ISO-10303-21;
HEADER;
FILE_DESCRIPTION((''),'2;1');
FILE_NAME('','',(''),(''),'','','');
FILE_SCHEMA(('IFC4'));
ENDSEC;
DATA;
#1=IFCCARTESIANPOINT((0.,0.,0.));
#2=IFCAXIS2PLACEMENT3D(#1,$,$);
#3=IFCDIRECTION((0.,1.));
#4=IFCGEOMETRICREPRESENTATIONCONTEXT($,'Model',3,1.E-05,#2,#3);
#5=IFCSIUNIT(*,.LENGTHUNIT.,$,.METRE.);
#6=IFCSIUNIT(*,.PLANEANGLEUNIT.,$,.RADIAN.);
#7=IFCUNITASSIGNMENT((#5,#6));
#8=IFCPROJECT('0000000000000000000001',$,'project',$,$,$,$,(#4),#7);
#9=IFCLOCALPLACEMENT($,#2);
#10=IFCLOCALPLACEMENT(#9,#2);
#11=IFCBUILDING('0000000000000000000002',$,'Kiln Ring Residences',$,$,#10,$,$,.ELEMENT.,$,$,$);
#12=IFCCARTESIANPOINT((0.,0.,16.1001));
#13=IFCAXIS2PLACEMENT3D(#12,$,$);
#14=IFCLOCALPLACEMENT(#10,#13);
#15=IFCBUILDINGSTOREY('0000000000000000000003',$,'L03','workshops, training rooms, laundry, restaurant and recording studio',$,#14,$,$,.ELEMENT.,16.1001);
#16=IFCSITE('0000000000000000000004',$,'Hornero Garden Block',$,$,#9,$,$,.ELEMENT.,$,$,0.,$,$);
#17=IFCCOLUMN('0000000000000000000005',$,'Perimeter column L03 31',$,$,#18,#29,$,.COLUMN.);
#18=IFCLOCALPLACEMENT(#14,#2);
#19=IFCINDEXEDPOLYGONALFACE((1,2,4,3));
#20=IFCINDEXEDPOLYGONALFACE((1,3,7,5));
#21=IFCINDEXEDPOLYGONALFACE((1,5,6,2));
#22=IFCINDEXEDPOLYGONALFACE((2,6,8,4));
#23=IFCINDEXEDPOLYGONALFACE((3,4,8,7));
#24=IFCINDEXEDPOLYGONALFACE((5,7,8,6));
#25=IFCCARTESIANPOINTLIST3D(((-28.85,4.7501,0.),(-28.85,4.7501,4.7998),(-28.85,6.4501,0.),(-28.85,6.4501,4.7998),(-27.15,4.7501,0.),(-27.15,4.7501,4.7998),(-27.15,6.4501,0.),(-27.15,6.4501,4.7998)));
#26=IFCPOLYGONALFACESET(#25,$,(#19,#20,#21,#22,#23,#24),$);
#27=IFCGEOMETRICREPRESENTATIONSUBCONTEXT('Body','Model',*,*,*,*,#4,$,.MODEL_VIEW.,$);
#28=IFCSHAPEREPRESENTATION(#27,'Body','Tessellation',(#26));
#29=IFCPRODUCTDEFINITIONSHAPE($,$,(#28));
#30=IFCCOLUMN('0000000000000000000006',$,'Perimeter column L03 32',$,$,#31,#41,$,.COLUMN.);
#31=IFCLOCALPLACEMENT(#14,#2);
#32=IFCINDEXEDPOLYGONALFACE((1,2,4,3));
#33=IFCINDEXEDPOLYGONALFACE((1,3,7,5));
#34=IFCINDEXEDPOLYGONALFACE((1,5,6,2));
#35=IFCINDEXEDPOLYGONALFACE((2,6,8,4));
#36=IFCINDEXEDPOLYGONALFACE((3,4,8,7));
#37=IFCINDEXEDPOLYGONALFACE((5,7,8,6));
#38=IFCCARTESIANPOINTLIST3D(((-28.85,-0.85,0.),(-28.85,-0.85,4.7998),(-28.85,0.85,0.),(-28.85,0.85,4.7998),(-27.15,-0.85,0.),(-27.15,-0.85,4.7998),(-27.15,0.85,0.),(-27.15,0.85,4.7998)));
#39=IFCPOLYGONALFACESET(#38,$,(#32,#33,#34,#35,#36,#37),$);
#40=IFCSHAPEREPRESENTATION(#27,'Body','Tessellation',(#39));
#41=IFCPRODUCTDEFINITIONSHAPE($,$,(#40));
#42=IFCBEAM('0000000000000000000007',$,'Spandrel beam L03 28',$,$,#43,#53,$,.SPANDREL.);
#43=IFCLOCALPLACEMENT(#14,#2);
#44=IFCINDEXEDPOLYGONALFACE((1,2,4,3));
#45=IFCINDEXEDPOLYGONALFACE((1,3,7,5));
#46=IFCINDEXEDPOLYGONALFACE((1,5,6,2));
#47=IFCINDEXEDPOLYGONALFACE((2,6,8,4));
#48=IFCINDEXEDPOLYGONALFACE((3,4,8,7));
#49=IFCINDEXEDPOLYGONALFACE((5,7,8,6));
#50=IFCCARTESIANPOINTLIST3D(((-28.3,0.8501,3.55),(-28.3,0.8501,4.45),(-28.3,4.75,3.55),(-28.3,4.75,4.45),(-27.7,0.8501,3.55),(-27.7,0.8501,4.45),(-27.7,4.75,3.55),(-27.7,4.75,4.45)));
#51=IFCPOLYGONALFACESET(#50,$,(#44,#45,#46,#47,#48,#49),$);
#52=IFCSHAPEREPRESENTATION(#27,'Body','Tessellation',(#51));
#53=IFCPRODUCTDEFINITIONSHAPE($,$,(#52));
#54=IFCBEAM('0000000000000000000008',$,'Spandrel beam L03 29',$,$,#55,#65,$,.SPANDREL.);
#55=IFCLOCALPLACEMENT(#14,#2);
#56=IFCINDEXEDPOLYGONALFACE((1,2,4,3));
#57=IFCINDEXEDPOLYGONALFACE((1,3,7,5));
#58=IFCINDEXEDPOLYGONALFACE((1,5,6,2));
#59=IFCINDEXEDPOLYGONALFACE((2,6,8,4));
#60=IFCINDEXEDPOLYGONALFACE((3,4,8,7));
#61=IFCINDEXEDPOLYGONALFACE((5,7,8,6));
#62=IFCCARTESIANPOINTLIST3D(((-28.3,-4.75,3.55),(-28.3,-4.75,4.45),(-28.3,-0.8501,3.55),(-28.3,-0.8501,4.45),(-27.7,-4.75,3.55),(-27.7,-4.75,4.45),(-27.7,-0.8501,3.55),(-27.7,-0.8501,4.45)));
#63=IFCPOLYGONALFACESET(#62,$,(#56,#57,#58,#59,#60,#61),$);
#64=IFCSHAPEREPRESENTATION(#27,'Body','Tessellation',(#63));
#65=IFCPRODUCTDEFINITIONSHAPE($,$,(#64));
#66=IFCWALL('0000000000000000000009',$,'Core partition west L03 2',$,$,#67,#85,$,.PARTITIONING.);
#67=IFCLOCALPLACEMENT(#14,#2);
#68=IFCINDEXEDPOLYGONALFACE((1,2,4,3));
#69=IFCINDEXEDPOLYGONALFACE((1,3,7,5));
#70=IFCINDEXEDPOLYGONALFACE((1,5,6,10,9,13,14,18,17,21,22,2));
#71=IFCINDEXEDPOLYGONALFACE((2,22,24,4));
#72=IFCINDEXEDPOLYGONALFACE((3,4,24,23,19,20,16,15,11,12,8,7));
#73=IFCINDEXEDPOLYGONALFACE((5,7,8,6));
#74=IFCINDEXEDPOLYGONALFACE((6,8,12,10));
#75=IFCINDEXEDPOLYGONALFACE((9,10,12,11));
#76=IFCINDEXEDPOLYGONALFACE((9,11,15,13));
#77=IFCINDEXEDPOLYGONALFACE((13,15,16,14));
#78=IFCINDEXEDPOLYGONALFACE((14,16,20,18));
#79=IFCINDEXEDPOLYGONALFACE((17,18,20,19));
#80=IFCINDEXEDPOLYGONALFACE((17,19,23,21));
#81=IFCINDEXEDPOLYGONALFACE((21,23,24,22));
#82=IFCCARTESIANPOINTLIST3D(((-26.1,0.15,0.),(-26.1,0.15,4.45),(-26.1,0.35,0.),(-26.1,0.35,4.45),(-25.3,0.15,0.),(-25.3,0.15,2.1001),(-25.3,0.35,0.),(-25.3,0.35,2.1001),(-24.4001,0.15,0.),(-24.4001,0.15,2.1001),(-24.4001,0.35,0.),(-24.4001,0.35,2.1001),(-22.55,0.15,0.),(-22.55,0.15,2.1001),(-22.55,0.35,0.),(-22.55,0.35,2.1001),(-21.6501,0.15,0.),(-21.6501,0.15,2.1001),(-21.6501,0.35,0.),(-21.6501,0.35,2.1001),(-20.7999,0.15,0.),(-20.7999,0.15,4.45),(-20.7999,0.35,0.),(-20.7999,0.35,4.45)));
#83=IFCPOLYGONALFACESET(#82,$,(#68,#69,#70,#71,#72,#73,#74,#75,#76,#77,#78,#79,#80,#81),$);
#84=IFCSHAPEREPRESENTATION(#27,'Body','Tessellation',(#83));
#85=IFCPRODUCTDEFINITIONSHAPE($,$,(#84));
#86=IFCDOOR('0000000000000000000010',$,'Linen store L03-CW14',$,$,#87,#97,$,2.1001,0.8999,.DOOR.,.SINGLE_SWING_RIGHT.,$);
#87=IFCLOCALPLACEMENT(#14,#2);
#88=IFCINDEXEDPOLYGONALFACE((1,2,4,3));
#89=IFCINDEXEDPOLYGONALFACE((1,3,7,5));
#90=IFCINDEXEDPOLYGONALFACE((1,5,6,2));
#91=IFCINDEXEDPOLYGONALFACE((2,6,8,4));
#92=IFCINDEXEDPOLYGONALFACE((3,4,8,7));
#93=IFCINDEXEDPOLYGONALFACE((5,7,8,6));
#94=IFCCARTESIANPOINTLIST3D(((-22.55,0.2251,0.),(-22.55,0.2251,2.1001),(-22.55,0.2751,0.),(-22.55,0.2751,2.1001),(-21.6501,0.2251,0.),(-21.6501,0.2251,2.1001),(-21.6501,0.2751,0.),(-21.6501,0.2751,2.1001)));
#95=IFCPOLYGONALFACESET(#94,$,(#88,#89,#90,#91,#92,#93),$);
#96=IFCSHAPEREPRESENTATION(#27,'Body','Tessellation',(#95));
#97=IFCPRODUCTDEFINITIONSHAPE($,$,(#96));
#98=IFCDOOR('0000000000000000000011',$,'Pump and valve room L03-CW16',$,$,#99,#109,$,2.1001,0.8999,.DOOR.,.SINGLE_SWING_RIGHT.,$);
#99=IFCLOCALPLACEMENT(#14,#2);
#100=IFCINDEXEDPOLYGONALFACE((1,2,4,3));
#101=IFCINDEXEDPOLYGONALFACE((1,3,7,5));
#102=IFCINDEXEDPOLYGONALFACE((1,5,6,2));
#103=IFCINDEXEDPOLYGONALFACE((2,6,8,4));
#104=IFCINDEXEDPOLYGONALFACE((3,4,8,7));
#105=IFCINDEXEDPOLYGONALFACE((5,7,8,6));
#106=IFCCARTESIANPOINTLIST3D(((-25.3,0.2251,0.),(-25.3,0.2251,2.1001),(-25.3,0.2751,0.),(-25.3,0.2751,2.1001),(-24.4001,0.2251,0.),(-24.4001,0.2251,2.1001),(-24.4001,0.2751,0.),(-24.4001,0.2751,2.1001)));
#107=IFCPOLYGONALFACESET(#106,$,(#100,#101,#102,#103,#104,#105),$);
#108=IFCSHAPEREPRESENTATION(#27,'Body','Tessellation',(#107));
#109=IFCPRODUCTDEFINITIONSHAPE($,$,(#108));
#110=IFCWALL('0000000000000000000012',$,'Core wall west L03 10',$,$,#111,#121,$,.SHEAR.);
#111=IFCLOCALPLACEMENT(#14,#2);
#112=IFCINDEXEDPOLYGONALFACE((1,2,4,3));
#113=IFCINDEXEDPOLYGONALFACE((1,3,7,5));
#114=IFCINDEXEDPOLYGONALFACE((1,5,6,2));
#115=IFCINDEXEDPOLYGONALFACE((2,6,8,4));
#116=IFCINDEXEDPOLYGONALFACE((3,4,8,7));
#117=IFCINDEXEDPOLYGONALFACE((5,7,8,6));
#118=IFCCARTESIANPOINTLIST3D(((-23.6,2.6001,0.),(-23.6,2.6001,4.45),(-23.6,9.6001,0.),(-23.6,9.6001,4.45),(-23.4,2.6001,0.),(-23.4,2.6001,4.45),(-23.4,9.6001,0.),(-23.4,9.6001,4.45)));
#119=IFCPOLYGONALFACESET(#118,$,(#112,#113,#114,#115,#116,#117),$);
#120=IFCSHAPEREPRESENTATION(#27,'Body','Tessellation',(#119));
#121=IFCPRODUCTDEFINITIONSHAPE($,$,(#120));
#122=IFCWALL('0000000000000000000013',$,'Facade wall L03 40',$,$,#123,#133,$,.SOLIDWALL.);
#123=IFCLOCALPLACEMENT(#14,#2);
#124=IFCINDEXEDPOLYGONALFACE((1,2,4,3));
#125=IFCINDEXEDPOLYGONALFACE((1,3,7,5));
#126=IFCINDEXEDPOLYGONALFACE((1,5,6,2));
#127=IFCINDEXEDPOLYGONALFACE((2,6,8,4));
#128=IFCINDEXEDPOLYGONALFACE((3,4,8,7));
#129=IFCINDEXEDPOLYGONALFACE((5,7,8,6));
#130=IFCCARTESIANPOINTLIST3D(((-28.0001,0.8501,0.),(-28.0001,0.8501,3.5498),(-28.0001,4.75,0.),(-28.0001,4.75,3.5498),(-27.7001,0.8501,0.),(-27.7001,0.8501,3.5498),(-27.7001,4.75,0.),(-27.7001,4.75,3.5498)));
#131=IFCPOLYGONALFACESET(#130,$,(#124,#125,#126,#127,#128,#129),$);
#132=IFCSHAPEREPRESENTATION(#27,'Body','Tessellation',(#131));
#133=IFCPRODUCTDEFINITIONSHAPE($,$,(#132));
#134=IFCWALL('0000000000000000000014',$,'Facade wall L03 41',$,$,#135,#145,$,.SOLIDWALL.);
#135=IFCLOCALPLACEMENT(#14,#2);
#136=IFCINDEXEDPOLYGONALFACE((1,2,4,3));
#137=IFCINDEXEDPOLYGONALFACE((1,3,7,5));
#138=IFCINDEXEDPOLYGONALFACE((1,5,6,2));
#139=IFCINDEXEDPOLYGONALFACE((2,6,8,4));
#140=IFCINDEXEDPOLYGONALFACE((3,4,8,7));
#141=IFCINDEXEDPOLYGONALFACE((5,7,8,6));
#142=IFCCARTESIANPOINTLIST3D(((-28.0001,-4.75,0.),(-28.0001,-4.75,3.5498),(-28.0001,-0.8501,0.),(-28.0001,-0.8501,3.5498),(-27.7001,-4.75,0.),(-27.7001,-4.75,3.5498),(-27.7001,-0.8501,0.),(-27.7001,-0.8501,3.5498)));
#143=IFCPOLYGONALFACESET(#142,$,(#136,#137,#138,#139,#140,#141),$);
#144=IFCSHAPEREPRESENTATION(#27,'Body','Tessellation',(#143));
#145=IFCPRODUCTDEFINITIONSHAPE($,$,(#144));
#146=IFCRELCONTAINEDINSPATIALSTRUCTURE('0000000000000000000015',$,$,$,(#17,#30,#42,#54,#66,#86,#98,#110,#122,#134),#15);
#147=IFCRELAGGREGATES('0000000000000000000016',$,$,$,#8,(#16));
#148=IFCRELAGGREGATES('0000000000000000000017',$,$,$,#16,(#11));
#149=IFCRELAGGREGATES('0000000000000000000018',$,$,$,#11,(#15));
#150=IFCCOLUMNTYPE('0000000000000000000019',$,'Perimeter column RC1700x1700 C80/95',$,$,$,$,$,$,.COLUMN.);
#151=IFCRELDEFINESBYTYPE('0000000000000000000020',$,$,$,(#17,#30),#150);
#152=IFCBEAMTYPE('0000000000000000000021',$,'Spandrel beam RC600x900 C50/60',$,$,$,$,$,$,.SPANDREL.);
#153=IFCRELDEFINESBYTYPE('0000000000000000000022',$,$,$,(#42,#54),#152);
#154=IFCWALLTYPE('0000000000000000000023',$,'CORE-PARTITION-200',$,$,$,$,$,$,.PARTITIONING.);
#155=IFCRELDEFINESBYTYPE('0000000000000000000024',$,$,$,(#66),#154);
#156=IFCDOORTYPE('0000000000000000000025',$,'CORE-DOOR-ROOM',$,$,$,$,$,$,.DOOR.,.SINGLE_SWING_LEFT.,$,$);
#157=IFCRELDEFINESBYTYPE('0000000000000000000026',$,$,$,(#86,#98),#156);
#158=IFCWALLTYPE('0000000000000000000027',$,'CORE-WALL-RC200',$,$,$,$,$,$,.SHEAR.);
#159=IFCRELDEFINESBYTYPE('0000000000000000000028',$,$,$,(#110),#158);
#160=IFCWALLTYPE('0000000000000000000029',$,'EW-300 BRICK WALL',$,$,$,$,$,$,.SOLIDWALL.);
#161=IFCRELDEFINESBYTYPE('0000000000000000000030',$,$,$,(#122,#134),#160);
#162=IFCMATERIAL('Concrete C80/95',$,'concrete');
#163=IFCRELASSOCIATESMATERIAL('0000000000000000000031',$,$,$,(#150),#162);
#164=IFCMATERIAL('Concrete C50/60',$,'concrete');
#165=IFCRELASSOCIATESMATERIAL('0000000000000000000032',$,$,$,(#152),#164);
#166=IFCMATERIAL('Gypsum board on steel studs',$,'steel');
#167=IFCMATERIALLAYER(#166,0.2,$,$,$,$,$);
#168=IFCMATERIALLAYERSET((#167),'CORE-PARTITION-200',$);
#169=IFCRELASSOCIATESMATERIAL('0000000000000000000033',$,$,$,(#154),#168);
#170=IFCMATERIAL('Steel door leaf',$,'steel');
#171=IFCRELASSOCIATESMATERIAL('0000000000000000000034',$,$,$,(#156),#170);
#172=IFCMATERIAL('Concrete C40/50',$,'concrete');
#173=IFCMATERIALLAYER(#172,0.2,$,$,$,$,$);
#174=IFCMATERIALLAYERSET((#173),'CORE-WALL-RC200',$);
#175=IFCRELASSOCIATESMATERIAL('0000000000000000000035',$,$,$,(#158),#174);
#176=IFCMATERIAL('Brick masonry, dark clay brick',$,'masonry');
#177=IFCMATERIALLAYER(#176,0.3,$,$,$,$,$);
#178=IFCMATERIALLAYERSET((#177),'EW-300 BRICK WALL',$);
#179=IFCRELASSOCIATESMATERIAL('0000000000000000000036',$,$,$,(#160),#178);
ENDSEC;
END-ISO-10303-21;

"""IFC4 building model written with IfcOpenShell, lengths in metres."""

from ifc_helpers import new_model, si_unit, direction, frame, frame_2d, origin, origin_2d, place, context, subcontext, project, spatial, rectangle, extrude, material, layer, layer_set, material_profile, profile_set, type_object, element, fill, save


model = new_model("IFC4")

# Units and contexts
model_context = context("Model", 3, precision=1e-05, world=origin(), true_north=direction((0.0, 1.0)))
body_context = subcontext(model_context, "Body", "Model", "MODEL_VIEW")
ifc_project = project(units=[si_unit("LENGTHUNIT", "METRE"), si_unit("PLANEANGLEUNIT", "RADIAN")], contexts=[model_context])

# Site, building, storey
site_placement = place(None, origin())
site = spatial("IfcSite", under=ifc_project, at=site_placement, Name="Hornero Garden Block", CompositionType="ELEMENT", RefElevation=0.0)
building_placement = place(site_placement, origin())
building = spatial("IfcBuilding", under=site, at=building_placement, Name="Kiln Ring Residences", CompositionType="ELEMENT")
storey_placement = place(building_placement, frame((0.0, 0.0, 16.1001)))
storey = spatial("IfcBuildingStorey", under=building, at=storey_placement, Name="L03", Description="workshops, training rooms, laundry, restaurant and recording studio", CompositionType="ELEMENT", Elevation=16.1001)

# Columns
ifc_material_1 = material(Name="Concrete C80/95", Category="concrete")
ifc_material_profile_1 = material_profile(ifc_material_1, rectangle(XDim=1.7, YDim=1.7, at=origin_2d()), Name="RC1700x1700")
ifc_profile_set_1 = profile_set([ifc_material_profile_1], Name="Concrete C80/95")
column_type = type_object("IfcColumnType", Name="Perimeter column RC1700x1700 C80/95", PredefinedType="COLUMN", material=ifc_profile_set_1)
for number, where, z_axis, x_axis, name in (
    (1, (-28.0, 5.6001, 0.0), (0.0, 0.0, 1.0), (1.0, 0.0, 0.0), "Perimeter column L03 31"),
    (2, (-28.0, 0.0, 0.0), (0.0, 0.0, 1.0), (1.0, 0.0, 0.0), "Perimeter column L03 32"),
):
    element("IfcColumn", number, at=place(storey_placement, frame(where, z_axis=z_axis, x_axis=x_axis)), inside=storey, type_object=column_type, Name=name, PredefinedType="COLUMN", context=body_context, shape_type="SweptSolid", body=[
        extrude(rectangle(XDim=1.7, YDim=1.7, at=origin_2d()), origin(), (0.0, 0.0, 1.0), 4.7998),
    ])

# Beams
ifc_material_2 = material(Name="Concrete C50/60", Category="concrete")
ifc_material_profile_2 = material_profile(ifc_material_2, rectangle(XDim=0.6001, YDim=0.8999, at=origin_2d()), Name="RC600x900")
ifc_profile_set_2 = profile_set([ifc_material_profile_2], Name="Concrete C50/60")
beam_type = type_object("IfcBeamType", Name="Spandrel beam RC600x900 C50/60", PredefinedType="SPANDREL", material=ifc_profile_set_2)
for number, where, z_axis, x_axis, name in (
    (3, (-28.0, 4.75, 4.0), (0.0, -1.0, 0.0), (1.0, 0.0, 0.0), "Spandrel beam L03 28"),
    (4, (-28.0, -0.8501, 4.0), (0.0, -1.0, 0.0), (1.0, 0.0, 0.0), "Spandrel beam L03 29"),
):
    element("IfcBeam", number, at=place(storey_placement, frame(where, z_axis=z_axis, x_axis=x_axis)), inside=storey, type_object=beam_type, Name=name, PredefinedType="SPANDREL", context=body_context, shape_type="SweptSolid", body=[
        extrude(rectangle(XDim=0.6001, YDim=0.8999, at=origin_2d()), origin(), (0.0, 0.0, 1.0), 3.8999),
    ])

# Wall, openings, doors
ifc_material_3 = material(Name="Gypsum board on steel studs", Category="steel")
ifc_layer_1 = layer(ifc_material_3, 0.2)
ifc_layer_set_1 = layer_set([ifc_layer_1], Name="CORE-PARTITION-200")
wall_type_1 = type_object("IfcWallType", Name="CORE-PARTITION-200", PredefinedType="PARTITIONING", material=ifc_layer_set_1)
wall_1_placement = place(storey_placement, frame((-20.8, 0.25, 0.0), z_axis=(0.0, 0.0, 1.0), x_axis=(-1.0, 0.0, 0.0)))
wall_1 = element("IfcWall", 5, at=wall_1_placement, inside=storey, type_object=wall_type_1, Name="Core partition west L03 2", PredefinedType="PARTITIONING", context=body_context, shape_type="SweptSolid", body=[
    extrude(rectangle(XDim=5.3, YDim=0.2, at=frame_2d((2.6499, 0.0))), origin(), (0.0, 0.0, 1.0), 4.45),
])
opening_1_placement = place(wall_1_placement, frame((0.8501, 0.0, 0.0)))
opening_1 = element("IfcOpeningElement", 6, at=opening_1_placement, cuts=wall_1, PredefinedType="OPENING", context=body_context, shape_type="SweptSolid", body=[
    extrude(rectangle(XDim=0.8999, YDim=2.1001, at=frame_2d((0.45, 1.05))), frame((0.0, 0.1099, 0.0), z_axis=(0.0, -1.0, 0.0), x_axis=(1.0, 0.0, 0.0)), (0.0, 0.0, 1.0), 0.22),
])
opening_2_placement = place(wall_1_placement, frame((3.6001, 0.0, 0.0)))
opening_2 = element("IfcOpeningElement", 7, at=opening_2_placement, cuts=wall_1, PredefinedType="OPENING", context=body_context, shape_type="SweptSolid", body=[
    extrude(rectangle(XDim=0.8999, YDim=2.1001, at=frame_2d((0.45, 1.05))), frame((0.0, 0.1099, 0.0), z_axis=(0.0, -1.0, 0.0), x_axis=(1.0, 0.0, 0.0)), (0.0, 0.0, 1.0), 0.22),
])
ifc_material_4 = material(Name="Steel door leaf", Category="steel")
door_type = type_object("IfcDoorType", Name="CORE-DOOR-ROOM", OperationType="SINGLE_SWING_LEFT", PredefinedType="DOOR", material=ifc_material_4)
door_1_placement = place(opening_1_placement, origin())
door_1 = element("IfcDoor", 8, at=door_1_placement, inside=storey, type_object=door_type, Name="Linen store L03-CW14", OperationType="SINGLE_SWING_RIGHT", OverallHeight=2.1001, OverallWidth=0.8999, PredefinedType="DOOR", context=body_context, shape_type="SweptSolid", body=[
    extrude(rectangle(XDim=0.8999, YDim=2.1001, at=frame_2d((0.45, 1.05))), frame((0.0, 0.0249, 0.0), z_axis=(0.0, -1.0, 0.0), x_axis=(1.0, 0.0, 0.0)), (0.0, 0.0, 1.0), 0.05),
])
fill(opening_1, door_1)
door_2_placement = place(opening_2_placement, origin())
door_2 = element("IfcDoor", 9, at=door_2_placement, inside=storey, type_object=door_type, Name="Pump and valve room L03-CW16", OperationType="SINGLE_SWING_RIGHT", OverallHeight=2.1001, OverallWidth=0.8999, PredefinedType="DOOR", context=body_context, shape_type="SweptSolid", body=[
    extrude(rectangle(XDim=0.8999, YDim=2.1001, at=frame_2d((0.45, 1.05))), frame((0.0, 0.0249, 0.0), z_axis=(0.0, -1.0, 0.0), x_axis=(1.0, 0.0, 0.0)), (0.0, 0.0, 1.0), 0.05),
])
fill(opening_2, door_2)

# Walls
ifc_material_5 = material(Name="Concrete C40/50", Category="concrete")
ifc_layer_2 = layer(ifc_material_5, 0.2)
ifc_layer_set_2 = layer_set([ifc_layer_2], Name="CORE-WALL-RC200")
wall_type_2 = type_object("IfcWallType", Name="CORE-WALL-RC200", PredefinedType="SHEAR", material=ifc_layer_set_2)
wall_2_placement = place(storey_placement, frame((-23.5, 2.6001, 0.0), z_axis=(0.0, 0.0, 1.0), x_axis=(0.0, 1.0, 0.0)))
element("IfcWall", 10, at=wall_2_placement, inside=storey, type_object=wall_type_2, Name="Core wall west L03 10", PredefinedType="SHEAR", context=body_context, shape_type="SweptSolid", body=[
    extrude(rectangle(XDim=7.0, YDim=0.2, at=frame_2d((3.5, 0.0))), origin(), (0.0, 0.0, 1.0), 4.45),
])
ifc_material_6 = material(Name="Brick masonry, dark clay brick", Category="masonry")
ifc_layer_3 = layer(ifc_material_6, 0.3)
ifc_layer_set_3 = layer_set([ifc_layer_3], Name="EW-300 BRICK WALL")
wall_type_3 = type_object("IfcWallType", Name="EW-300 BRICK WALL", PredefinedType="SOLIDWALL", material=ifc_layer_set_3)
for number, where, z_axis, x_axis, name in (
    (11, (-27.8501, 4.75, 0.0), (0.0, 0.0, 1.0), (0.0, -1.0, 0.0), "Facade wall L03 40"),
    (12, (-27.8501, -0.8501, 0.0), (0.0, 0.0, 1.0), (0.0, -1.0, 0.0), "Facade wall L03 41"),
):
    element("IfcWall", number, at=place(storey_placement, frame(where, z_axis=z_axis, x_axis=x_axis)), inside=storey, type_object=wall_type_3, Name=name, PredefinedType="SOLIDWALL", context=body_context, shape_type="SweptSolid", body=[
        extrude(rectangle(XDim=3.8999, YDim=0.3, at=frame_2d((1.95, 0.0))), origin(), (0.0, 0.0, 1.0), 3.5498),
    ])

save(model, "model.ifc")
